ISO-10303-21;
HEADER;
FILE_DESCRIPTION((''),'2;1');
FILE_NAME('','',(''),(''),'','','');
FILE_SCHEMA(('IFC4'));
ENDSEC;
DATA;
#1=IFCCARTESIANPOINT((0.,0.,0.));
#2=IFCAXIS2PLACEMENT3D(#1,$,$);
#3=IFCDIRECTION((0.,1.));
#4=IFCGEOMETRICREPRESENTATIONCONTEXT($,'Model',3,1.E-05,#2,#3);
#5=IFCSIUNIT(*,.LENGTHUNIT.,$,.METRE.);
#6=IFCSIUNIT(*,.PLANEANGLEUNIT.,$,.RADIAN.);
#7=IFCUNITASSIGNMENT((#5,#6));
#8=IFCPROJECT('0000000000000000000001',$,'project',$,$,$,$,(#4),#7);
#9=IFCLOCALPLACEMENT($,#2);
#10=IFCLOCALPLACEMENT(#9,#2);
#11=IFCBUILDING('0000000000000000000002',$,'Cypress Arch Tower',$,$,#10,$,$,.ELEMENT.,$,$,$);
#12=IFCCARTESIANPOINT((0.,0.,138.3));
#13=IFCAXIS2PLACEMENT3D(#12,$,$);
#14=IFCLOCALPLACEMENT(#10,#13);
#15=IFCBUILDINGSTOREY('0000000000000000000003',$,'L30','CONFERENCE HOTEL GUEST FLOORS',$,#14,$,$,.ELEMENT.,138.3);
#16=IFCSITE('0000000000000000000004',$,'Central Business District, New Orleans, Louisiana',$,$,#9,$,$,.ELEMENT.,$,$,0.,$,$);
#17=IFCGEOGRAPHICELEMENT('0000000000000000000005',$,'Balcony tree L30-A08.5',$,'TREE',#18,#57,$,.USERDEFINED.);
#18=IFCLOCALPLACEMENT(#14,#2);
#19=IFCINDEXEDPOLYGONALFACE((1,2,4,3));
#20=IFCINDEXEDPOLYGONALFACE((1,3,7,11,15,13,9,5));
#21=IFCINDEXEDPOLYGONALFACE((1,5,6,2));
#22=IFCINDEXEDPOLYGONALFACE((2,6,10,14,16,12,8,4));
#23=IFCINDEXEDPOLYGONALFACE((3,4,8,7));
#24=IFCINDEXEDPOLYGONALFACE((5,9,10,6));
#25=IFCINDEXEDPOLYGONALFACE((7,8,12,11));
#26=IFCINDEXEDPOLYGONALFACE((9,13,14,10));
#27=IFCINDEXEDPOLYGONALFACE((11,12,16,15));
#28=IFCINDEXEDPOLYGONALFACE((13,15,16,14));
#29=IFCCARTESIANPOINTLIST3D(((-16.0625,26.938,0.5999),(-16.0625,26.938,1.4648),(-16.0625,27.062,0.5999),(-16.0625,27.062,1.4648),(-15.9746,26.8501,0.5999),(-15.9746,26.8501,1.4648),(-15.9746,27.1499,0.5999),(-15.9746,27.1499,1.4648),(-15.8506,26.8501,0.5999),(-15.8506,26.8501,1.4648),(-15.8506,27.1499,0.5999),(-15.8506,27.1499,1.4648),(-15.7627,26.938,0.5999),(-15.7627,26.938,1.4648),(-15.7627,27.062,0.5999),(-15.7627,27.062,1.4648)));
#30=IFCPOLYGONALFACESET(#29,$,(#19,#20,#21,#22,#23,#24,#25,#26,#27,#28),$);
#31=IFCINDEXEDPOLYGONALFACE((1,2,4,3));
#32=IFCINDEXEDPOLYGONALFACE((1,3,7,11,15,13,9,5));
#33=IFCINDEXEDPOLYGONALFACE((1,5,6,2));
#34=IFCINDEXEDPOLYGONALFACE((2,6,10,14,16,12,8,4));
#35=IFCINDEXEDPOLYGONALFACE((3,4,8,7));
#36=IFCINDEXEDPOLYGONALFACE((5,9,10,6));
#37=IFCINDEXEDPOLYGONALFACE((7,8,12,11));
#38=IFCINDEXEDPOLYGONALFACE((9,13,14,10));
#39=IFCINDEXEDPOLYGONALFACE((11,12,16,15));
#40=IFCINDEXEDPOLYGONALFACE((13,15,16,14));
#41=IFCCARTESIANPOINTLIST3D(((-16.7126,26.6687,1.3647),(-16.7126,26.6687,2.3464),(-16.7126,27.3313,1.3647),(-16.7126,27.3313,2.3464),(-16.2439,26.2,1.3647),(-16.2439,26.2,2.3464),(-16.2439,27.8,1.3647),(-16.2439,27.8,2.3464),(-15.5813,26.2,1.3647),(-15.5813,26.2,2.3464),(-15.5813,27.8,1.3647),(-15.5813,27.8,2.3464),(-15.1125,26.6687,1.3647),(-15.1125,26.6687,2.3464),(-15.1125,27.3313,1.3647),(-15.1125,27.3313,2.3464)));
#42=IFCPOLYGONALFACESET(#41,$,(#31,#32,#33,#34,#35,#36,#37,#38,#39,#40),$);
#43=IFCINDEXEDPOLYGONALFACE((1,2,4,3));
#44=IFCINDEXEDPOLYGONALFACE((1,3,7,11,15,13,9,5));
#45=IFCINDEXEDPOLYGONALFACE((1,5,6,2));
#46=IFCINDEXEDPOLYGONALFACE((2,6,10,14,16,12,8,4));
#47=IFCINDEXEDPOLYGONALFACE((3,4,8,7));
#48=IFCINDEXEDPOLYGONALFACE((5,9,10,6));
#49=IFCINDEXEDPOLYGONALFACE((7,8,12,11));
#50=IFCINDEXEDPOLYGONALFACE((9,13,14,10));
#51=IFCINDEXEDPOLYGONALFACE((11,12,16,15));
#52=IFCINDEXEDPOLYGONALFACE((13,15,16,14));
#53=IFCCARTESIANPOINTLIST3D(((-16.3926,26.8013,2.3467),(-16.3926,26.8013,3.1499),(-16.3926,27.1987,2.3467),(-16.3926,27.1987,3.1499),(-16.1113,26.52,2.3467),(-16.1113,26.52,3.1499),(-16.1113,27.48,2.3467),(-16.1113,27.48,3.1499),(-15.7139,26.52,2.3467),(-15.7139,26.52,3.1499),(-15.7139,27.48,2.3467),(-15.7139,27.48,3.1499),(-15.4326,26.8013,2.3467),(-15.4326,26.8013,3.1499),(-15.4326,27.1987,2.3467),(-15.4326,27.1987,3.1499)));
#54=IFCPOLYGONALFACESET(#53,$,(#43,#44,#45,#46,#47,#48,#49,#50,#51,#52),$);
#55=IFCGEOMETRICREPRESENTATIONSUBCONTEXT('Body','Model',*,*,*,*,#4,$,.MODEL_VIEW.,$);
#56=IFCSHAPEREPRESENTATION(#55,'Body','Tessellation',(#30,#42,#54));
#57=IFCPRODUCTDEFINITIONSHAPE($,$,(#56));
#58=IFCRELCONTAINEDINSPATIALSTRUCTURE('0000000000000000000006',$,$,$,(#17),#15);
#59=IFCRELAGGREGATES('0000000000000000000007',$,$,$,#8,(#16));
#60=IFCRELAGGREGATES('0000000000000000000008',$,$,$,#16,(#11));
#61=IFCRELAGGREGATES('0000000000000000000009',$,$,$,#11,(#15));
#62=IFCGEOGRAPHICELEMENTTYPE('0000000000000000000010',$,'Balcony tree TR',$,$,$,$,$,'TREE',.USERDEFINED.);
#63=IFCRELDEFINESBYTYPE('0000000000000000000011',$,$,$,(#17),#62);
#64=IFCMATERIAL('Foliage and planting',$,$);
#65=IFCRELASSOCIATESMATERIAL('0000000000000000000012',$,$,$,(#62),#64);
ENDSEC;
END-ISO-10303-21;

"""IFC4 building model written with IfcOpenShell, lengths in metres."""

from ifc_helpers import new_model, si_unit, direction, frame, origin, place, context, subcontext, project, spatial, polyline, outline, extrude, material, type_object, element, save


model = new_model("IFC4")

# Units and contexts
model_context = context("Model", 3, precision=1e-05, world=origin(), true_north=direction((0.0, 1.0)))
body_context = subcontext(model_context, "Body", "Model", "MODEL_VIEW")
ifc_project = project(units=[si_unit("LENGTHUNIT", "METRE"), si_unit("PLANEANGLEUNIT", "RADIAN")], contexts=[model_context])

# Site, building, storey
site_placement = place(None, origin())
site = spatial("IfcSite", under=ifc_project, at=site_placement, Name="Central Business District, New Orleans, Louisiana", CompositionType="ELEMENT", RefElevation=0.0)
building_placement = place(site_placement, origin())
building = spatial("IfcBuilding", under=site, at=building_placement, Name="Cypress Arch Tower", CompositionType="ELEMENT")
storey_placement = place(building_placement, frame((0.0, 0.0, 138.3)))
storey = spatial("IfcBuildingStorey", under=building, at=storey_placement, Name="L30", Description="CONFERENCE HOTEL GUEST FLOORS", CompositionType="ELEMENT", Elevation=138.3)

# Geographic element
ifc_material_1 = material(Name="Foliage and planting")
geographic_element_type = type_object("IfcGeographicElementType", Name="Balcony tree TR", ElementType="TREE", PredefinedType="USERDEFINED", material=ifc_material_1)
geographic_element_placement = place(storey_placement, frame((-15.9126, 27.0, 0.5999), z_axis=(0.0, 0.0, 1.0), x_axis=(1.0, 0.0, 0.0)))
element("IfcGeographicElement", 1, at=geographic_element_placement, inside=storey, type_object=geographic_element_type, Name="Balcony tree L30-A08.5", ObjectType="TREE", PredefinedType="USERDEFINED", context=body_context, shape_type="SweptSolid", body=[
    extrude(outline(polyline([(0.1499, 0.062), (0.062, 0.1499), (-0.062, 0.1499), (-0.1499, 0.062), (-0.1499, -0.062), (-0.062, -0.1499), (0.062, -0.1499), (0.1499, -0.062), (0.1499, 0.062)])), origin(), (0.0, 0.0, 1.0), 0.865),
    extrude(outline(polyline([(0.8, 0.3313), (0.3313, 0.8), (-0.3313, 0.8), (-0.8, 0.3313), (-0.8, -0.3313), (-0.3313, -0.8), (0.3313, -0.8), (0.8, -0.3313), (0.8, 0.3313)])), frame((0.0, 0.0, 0.7649)), (0.0, 0.0, 1.0), 0.9817),
    extrude(outline(polyline([(0.48, 0.1987), (0.1987, 0.48), (-0.1987, 0.48), (-0.48, 0.1987), (-0.48, -0.1987), (-0.1987, -0.48), (0.1987, -0.48), (0.48, -0.1987), (0.48, 0.1987)])), frame((0.0, 0.0, 1.7468)), (0.0, 0.0, 1.0), 0.8032),
])

save(model, "model.ifc")
